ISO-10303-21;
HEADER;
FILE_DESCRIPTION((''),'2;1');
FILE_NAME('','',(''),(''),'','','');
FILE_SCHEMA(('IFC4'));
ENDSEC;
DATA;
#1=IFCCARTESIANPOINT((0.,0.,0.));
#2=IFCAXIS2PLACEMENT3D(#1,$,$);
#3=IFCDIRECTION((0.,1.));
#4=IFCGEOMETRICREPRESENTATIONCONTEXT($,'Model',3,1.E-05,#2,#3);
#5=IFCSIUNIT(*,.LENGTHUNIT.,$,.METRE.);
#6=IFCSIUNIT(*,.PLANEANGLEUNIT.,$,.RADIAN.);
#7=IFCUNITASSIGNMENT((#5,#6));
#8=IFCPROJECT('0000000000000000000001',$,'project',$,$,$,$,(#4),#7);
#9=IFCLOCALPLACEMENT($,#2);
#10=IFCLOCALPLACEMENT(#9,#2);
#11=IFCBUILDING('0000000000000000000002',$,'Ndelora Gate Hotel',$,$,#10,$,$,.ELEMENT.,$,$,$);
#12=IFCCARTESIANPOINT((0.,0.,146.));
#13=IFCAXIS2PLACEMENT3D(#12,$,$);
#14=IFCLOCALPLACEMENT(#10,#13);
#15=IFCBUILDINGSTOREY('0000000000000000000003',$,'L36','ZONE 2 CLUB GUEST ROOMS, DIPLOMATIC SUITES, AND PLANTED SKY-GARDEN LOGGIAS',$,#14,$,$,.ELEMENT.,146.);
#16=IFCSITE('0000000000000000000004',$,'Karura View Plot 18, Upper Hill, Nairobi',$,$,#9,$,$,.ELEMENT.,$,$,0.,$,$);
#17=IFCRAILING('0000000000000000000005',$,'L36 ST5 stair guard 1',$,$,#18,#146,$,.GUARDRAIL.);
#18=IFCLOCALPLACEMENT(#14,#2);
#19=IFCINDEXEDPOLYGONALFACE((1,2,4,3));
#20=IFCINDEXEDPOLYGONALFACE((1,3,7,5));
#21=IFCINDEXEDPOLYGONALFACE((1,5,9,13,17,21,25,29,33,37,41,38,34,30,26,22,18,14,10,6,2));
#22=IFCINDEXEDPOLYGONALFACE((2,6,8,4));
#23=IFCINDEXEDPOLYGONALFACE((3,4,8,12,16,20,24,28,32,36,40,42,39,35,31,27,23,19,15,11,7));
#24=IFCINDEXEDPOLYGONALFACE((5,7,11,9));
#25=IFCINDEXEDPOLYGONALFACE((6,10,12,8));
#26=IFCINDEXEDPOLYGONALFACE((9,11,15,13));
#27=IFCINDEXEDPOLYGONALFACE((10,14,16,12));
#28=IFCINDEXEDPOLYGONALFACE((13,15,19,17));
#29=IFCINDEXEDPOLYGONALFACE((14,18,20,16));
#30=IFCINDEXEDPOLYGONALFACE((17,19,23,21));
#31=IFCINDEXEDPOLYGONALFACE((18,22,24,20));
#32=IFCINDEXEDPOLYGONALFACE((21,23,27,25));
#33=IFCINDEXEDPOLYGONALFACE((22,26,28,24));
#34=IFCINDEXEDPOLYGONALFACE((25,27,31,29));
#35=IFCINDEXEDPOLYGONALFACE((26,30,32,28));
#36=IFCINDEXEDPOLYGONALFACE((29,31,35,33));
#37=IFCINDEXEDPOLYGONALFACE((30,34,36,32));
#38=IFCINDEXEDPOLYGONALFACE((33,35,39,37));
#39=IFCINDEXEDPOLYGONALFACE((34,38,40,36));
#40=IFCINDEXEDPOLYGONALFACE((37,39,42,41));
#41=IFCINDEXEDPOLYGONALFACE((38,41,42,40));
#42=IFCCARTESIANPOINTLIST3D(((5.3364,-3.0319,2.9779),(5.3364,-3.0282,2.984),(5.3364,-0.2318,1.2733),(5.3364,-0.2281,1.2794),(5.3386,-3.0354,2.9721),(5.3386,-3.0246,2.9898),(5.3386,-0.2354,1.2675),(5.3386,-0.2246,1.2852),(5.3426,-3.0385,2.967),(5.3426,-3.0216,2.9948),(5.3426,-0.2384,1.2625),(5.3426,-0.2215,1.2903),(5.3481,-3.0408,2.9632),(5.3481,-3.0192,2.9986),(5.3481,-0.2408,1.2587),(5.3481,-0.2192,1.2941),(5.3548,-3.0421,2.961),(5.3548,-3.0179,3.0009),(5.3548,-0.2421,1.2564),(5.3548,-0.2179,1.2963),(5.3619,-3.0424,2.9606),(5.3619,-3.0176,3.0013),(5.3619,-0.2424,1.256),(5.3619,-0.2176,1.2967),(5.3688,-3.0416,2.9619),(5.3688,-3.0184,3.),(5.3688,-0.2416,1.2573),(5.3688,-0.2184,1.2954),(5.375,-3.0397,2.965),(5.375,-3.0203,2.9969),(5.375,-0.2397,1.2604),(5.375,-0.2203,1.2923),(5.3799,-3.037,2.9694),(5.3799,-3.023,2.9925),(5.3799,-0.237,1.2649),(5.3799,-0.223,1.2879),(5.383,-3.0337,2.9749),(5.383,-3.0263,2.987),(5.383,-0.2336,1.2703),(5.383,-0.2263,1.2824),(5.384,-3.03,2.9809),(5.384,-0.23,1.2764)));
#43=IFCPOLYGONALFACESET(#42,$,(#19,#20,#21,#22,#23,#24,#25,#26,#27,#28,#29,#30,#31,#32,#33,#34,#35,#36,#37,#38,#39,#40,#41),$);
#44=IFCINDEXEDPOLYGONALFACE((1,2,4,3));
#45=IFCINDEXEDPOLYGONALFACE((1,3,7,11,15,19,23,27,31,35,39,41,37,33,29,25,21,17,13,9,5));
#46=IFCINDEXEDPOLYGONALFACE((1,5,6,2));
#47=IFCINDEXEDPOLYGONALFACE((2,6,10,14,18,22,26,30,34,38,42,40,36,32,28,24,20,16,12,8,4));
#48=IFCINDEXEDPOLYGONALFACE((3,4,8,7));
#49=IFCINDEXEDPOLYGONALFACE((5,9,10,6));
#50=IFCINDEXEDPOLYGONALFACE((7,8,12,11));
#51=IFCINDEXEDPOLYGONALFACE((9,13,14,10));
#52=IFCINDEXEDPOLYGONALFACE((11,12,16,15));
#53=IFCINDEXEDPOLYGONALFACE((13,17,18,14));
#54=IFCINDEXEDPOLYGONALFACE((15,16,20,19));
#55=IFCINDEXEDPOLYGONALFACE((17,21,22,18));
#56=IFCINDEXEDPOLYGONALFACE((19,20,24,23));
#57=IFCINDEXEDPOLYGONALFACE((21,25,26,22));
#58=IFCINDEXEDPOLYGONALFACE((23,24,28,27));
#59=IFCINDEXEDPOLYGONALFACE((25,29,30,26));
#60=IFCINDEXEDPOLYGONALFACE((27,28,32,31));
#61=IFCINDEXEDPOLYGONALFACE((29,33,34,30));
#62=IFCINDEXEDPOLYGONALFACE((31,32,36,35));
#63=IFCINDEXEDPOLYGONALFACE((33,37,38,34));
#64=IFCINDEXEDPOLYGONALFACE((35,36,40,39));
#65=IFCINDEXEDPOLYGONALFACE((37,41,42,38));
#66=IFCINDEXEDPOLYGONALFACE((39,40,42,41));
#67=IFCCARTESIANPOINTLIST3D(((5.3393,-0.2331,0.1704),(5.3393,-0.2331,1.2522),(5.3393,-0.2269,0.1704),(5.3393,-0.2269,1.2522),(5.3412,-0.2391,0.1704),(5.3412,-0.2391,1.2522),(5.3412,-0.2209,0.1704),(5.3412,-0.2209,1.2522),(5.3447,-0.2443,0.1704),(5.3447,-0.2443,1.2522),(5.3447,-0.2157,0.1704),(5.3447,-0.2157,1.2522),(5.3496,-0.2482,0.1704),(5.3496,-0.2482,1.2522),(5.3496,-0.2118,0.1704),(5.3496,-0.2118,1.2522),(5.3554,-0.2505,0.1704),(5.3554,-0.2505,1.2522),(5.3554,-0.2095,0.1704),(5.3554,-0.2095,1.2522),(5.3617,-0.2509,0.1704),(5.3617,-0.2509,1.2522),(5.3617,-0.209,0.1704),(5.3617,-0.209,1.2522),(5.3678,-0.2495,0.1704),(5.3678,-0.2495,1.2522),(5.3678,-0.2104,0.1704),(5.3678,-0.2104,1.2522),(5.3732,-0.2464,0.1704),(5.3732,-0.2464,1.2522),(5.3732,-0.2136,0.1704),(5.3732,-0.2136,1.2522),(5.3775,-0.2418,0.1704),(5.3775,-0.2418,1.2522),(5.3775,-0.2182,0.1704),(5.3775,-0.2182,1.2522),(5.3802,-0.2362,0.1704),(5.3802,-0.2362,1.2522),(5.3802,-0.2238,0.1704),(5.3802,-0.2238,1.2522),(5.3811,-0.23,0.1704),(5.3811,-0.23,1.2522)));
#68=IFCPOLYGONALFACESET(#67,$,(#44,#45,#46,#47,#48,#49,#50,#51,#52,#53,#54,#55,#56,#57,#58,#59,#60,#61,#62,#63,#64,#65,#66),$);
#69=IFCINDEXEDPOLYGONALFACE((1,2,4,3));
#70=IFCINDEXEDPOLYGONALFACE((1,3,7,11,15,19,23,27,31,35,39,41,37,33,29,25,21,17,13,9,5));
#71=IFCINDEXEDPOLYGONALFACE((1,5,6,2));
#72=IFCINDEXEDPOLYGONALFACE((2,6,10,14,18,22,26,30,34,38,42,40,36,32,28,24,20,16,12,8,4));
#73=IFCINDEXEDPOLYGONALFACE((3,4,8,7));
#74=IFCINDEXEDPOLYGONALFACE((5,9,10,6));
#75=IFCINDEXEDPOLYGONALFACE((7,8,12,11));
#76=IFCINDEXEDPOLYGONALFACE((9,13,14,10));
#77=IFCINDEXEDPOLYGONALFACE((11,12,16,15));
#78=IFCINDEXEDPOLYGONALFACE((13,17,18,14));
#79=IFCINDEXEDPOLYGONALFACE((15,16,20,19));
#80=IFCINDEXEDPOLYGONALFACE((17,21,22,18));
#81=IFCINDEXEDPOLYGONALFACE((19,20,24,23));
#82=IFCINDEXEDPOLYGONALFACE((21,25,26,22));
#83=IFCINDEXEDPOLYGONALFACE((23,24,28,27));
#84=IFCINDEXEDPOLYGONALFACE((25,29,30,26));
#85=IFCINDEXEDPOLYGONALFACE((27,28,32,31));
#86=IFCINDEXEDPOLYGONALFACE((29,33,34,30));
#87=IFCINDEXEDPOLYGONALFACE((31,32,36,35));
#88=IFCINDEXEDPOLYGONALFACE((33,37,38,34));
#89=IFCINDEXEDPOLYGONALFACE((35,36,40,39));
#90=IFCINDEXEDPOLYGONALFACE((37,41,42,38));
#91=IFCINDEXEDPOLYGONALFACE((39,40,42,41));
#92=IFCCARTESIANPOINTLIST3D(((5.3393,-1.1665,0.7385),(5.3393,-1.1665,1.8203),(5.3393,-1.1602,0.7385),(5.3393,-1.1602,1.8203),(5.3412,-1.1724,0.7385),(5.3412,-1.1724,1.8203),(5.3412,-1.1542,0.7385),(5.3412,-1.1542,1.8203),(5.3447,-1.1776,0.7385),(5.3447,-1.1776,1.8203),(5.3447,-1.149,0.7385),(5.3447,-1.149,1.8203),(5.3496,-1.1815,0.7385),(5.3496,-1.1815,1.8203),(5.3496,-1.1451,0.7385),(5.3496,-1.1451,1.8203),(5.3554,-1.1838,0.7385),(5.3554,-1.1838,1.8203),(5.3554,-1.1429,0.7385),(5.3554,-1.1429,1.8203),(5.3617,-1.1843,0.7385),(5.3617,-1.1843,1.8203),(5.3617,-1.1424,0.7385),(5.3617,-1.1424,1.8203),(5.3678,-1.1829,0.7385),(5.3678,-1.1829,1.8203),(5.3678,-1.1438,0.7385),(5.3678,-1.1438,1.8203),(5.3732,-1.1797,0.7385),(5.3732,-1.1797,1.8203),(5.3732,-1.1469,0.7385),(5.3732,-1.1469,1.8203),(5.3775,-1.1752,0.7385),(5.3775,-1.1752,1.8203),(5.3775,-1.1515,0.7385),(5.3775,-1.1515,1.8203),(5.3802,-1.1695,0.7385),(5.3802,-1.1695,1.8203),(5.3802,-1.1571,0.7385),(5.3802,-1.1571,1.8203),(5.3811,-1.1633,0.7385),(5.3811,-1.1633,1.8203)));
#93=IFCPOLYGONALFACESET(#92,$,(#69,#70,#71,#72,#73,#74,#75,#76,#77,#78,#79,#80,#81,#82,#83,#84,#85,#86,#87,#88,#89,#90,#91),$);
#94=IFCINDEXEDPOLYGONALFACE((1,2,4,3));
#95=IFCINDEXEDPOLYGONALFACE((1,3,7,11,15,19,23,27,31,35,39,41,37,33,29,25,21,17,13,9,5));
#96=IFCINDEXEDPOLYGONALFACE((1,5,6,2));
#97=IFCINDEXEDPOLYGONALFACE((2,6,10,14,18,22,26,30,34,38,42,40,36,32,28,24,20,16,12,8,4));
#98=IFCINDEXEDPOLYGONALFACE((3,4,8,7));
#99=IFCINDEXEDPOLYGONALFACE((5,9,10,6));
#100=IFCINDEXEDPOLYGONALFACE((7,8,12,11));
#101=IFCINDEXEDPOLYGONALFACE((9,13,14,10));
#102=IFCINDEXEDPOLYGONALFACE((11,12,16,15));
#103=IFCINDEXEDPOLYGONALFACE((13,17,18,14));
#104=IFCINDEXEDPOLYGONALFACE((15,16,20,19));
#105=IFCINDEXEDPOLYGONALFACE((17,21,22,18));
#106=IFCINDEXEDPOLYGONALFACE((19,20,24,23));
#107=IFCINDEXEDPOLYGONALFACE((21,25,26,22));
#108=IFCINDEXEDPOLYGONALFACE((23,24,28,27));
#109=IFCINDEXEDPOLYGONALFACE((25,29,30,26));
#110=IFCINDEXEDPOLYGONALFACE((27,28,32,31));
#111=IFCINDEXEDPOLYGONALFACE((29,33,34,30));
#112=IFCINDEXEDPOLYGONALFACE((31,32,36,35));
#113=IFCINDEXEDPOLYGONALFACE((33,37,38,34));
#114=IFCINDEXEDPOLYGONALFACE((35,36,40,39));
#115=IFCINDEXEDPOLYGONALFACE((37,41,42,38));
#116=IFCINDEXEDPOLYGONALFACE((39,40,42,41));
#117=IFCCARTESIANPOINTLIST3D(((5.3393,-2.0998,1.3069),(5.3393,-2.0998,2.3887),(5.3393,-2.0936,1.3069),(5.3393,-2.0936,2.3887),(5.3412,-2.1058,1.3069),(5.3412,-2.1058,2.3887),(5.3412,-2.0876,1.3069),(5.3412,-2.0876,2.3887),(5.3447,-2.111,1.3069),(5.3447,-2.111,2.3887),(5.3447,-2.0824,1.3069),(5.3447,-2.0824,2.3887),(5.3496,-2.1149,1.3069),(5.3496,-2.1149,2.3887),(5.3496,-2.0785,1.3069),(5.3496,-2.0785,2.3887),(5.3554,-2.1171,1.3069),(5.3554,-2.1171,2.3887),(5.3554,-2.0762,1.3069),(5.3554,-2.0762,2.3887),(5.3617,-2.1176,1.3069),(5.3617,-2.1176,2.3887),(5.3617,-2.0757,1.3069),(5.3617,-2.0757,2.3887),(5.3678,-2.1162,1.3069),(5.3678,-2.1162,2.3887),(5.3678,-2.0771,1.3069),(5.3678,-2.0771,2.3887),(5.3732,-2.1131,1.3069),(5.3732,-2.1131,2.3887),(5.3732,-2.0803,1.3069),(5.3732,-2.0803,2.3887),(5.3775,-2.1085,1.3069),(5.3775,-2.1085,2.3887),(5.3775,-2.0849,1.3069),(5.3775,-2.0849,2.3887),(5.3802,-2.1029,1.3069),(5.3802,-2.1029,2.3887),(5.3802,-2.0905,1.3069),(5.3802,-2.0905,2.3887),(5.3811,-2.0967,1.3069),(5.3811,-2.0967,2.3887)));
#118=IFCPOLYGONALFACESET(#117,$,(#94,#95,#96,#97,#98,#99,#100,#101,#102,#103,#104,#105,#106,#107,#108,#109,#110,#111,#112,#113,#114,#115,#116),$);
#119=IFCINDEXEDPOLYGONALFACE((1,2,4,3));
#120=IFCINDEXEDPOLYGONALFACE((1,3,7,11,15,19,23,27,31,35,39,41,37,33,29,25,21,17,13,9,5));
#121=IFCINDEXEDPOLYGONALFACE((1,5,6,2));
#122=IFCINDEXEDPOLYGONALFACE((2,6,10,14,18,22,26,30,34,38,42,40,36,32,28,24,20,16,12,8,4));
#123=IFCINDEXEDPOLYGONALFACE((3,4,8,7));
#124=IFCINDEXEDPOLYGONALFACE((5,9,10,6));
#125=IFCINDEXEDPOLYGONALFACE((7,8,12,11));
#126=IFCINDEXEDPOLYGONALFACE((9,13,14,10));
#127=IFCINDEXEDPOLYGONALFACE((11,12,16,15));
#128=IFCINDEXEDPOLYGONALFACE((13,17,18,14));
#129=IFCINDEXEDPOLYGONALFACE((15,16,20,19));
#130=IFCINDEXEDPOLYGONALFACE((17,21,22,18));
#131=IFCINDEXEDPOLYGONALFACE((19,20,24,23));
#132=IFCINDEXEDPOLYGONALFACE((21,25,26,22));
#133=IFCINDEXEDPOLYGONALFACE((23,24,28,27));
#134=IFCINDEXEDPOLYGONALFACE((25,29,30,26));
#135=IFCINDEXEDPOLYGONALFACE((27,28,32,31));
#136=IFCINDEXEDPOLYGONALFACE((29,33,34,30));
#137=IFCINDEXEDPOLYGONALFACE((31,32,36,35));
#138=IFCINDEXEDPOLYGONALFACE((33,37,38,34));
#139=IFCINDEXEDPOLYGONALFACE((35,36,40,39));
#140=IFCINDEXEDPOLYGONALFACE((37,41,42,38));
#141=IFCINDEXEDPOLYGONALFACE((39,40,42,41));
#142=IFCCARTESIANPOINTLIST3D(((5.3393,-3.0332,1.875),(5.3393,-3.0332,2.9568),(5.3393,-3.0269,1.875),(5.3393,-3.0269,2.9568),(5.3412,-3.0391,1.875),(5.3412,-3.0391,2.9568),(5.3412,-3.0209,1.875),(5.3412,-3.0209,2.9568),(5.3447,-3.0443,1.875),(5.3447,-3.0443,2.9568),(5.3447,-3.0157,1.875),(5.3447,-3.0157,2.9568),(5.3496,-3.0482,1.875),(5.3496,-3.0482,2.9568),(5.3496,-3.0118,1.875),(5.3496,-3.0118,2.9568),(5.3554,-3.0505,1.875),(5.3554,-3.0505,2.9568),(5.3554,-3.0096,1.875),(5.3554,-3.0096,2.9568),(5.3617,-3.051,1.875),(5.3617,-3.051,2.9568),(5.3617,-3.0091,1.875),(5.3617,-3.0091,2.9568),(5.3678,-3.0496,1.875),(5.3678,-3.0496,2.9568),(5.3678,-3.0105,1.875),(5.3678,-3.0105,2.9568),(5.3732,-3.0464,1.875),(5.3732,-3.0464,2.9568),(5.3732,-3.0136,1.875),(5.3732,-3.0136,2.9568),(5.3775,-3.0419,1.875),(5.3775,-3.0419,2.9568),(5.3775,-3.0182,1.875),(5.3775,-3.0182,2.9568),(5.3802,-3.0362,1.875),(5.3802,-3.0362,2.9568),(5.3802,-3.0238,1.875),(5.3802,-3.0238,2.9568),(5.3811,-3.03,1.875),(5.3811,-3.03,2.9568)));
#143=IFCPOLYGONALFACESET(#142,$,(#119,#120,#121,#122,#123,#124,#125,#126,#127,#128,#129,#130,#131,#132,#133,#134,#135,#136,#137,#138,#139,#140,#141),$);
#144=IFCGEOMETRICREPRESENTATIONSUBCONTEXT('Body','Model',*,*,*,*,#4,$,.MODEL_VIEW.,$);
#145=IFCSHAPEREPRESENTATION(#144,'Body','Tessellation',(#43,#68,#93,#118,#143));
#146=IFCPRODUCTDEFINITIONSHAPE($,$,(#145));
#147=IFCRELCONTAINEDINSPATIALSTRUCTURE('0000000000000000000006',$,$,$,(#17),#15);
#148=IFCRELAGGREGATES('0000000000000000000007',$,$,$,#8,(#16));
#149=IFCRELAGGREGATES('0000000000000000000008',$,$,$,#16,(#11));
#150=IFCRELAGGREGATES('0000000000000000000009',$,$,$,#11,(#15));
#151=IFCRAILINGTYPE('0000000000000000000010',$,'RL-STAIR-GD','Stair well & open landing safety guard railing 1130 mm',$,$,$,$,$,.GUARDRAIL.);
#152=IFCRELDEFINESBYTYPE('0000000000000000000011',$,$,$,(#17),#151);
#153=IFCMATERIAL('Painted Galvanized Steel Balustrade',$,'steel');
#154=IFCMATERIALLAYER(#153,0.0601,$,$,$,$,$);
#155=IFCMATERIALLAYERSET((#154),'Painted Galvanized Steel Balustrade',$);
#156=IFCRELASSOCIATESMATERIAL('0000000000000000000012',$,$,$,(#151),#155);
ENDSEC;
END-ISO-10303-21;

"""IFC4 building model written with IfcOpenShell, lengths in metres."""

from ifc_helpers import new_model, si_unit, direction, frame, origin, origin_2d, place, context, subcontext, project, spatial, circle, extrude, material, layer, layer_set, type_object, element, save


model = new_model("IFC4")

# Units and contexts
model_context = context("Model", 3, precision=1e-05, world=origin(), true_north=direction((0.0, 1.0)))
body_context = subcontext(model_context, "Body", "Model", "MODEL_VIEW")
ifc_project = project(units=[si_unit("LENGTHUNIT", "METRE"), si_unit("PLANEANGLEUNIT", "RADIAN")], contexts=[model_context])

# Site, building, storey
site_placement = place(None, origin())
site = spatial("IfcSite", under=ifc_project, at=site_placement, Name="Karura View Plot 18, Upper Hill, Nairobi", CompositionType="ELEMENT", RefElevation=0.0)
building_placement = place(site_placement, origin())
building = spatial("IfcBuilding", under=site, at=building_placement, Name="Ndelora Gate Hotel", CompositionType="ELEMENT")
storey_placement = place(building_placement, frame((0.0, 0.0, 146.0)))
storey = spatial("IfcBuildingStorey", under=building, at=storey_placement, Name="L36", Description="ZONE 2 CLUB GUEST ROOMS, DIPLOMATIC SUITES, AND PLANTED SKY-GARDEN LOGGIAS", CompositionType="ELEMENT", Elevation=146.0)

# Railing
ifc_material_1 = material(Name="Painted Galvanized Steel Balustrade", Category="steel")
ifc_layer_1 = layer(ifc_material_1, 0.0601)
ifc_layer_set_1 = layer_set([ifc_layer_1], Name="Painted Galvanized Steel Balustrade")
railing_type_1 = type_object("IfcRailingType", Name="RL-STAIR-GD", Description="Stair well & open landing safety guard railing 1130 mm", PredefinedType="GUARDRAIL", material=ifc_layer_set_1)
railing_1_placement = place(storey_placement, frame((5.3601, -0.23, 0.1704)))
element("IfcRailing", 1, at=railing_1_placement, inside=storey, type_object=railing_type_1, Name="L36 ST5 stair guard 1", PredefinedType="GUARDRAIL", context=body_context, shape_type="SweptSolid", body=[
    extrude(circle(Radius=0.0239, at=origin_2d()), frame((0.0, 0.0, 1.106), z_axis=(0.0, -0.85417, 0.519994), x_axis=(1.0, 0.0, 0.0)), (0.0, 0.0, 1.0), 3.2781),
    extrude(circle(Radius=0.021, at=origin_2d()), origin(), (0.0, 0.0, 1.0), 1.0818),
    extrude(circle(Radius=0.021, at=origin_2d()), frame((0.0, -0.9333, 0.5681)), (0.0, 0.0, 1.0), 1.0818),
    extrude(circle(Radius=0.021, at=origin_2d()), frame((0.0, -1.8667, 1.1365)), (0.0, 0.0, 1.0), 1.0818),
    extrude(circle(Radius=0.021, at=origin_2d()), frame((0.0, -2.8, 1.7046)), (0.0, 0.0, 1.0), 1.0818),
])

save(model, "model.ifc")
